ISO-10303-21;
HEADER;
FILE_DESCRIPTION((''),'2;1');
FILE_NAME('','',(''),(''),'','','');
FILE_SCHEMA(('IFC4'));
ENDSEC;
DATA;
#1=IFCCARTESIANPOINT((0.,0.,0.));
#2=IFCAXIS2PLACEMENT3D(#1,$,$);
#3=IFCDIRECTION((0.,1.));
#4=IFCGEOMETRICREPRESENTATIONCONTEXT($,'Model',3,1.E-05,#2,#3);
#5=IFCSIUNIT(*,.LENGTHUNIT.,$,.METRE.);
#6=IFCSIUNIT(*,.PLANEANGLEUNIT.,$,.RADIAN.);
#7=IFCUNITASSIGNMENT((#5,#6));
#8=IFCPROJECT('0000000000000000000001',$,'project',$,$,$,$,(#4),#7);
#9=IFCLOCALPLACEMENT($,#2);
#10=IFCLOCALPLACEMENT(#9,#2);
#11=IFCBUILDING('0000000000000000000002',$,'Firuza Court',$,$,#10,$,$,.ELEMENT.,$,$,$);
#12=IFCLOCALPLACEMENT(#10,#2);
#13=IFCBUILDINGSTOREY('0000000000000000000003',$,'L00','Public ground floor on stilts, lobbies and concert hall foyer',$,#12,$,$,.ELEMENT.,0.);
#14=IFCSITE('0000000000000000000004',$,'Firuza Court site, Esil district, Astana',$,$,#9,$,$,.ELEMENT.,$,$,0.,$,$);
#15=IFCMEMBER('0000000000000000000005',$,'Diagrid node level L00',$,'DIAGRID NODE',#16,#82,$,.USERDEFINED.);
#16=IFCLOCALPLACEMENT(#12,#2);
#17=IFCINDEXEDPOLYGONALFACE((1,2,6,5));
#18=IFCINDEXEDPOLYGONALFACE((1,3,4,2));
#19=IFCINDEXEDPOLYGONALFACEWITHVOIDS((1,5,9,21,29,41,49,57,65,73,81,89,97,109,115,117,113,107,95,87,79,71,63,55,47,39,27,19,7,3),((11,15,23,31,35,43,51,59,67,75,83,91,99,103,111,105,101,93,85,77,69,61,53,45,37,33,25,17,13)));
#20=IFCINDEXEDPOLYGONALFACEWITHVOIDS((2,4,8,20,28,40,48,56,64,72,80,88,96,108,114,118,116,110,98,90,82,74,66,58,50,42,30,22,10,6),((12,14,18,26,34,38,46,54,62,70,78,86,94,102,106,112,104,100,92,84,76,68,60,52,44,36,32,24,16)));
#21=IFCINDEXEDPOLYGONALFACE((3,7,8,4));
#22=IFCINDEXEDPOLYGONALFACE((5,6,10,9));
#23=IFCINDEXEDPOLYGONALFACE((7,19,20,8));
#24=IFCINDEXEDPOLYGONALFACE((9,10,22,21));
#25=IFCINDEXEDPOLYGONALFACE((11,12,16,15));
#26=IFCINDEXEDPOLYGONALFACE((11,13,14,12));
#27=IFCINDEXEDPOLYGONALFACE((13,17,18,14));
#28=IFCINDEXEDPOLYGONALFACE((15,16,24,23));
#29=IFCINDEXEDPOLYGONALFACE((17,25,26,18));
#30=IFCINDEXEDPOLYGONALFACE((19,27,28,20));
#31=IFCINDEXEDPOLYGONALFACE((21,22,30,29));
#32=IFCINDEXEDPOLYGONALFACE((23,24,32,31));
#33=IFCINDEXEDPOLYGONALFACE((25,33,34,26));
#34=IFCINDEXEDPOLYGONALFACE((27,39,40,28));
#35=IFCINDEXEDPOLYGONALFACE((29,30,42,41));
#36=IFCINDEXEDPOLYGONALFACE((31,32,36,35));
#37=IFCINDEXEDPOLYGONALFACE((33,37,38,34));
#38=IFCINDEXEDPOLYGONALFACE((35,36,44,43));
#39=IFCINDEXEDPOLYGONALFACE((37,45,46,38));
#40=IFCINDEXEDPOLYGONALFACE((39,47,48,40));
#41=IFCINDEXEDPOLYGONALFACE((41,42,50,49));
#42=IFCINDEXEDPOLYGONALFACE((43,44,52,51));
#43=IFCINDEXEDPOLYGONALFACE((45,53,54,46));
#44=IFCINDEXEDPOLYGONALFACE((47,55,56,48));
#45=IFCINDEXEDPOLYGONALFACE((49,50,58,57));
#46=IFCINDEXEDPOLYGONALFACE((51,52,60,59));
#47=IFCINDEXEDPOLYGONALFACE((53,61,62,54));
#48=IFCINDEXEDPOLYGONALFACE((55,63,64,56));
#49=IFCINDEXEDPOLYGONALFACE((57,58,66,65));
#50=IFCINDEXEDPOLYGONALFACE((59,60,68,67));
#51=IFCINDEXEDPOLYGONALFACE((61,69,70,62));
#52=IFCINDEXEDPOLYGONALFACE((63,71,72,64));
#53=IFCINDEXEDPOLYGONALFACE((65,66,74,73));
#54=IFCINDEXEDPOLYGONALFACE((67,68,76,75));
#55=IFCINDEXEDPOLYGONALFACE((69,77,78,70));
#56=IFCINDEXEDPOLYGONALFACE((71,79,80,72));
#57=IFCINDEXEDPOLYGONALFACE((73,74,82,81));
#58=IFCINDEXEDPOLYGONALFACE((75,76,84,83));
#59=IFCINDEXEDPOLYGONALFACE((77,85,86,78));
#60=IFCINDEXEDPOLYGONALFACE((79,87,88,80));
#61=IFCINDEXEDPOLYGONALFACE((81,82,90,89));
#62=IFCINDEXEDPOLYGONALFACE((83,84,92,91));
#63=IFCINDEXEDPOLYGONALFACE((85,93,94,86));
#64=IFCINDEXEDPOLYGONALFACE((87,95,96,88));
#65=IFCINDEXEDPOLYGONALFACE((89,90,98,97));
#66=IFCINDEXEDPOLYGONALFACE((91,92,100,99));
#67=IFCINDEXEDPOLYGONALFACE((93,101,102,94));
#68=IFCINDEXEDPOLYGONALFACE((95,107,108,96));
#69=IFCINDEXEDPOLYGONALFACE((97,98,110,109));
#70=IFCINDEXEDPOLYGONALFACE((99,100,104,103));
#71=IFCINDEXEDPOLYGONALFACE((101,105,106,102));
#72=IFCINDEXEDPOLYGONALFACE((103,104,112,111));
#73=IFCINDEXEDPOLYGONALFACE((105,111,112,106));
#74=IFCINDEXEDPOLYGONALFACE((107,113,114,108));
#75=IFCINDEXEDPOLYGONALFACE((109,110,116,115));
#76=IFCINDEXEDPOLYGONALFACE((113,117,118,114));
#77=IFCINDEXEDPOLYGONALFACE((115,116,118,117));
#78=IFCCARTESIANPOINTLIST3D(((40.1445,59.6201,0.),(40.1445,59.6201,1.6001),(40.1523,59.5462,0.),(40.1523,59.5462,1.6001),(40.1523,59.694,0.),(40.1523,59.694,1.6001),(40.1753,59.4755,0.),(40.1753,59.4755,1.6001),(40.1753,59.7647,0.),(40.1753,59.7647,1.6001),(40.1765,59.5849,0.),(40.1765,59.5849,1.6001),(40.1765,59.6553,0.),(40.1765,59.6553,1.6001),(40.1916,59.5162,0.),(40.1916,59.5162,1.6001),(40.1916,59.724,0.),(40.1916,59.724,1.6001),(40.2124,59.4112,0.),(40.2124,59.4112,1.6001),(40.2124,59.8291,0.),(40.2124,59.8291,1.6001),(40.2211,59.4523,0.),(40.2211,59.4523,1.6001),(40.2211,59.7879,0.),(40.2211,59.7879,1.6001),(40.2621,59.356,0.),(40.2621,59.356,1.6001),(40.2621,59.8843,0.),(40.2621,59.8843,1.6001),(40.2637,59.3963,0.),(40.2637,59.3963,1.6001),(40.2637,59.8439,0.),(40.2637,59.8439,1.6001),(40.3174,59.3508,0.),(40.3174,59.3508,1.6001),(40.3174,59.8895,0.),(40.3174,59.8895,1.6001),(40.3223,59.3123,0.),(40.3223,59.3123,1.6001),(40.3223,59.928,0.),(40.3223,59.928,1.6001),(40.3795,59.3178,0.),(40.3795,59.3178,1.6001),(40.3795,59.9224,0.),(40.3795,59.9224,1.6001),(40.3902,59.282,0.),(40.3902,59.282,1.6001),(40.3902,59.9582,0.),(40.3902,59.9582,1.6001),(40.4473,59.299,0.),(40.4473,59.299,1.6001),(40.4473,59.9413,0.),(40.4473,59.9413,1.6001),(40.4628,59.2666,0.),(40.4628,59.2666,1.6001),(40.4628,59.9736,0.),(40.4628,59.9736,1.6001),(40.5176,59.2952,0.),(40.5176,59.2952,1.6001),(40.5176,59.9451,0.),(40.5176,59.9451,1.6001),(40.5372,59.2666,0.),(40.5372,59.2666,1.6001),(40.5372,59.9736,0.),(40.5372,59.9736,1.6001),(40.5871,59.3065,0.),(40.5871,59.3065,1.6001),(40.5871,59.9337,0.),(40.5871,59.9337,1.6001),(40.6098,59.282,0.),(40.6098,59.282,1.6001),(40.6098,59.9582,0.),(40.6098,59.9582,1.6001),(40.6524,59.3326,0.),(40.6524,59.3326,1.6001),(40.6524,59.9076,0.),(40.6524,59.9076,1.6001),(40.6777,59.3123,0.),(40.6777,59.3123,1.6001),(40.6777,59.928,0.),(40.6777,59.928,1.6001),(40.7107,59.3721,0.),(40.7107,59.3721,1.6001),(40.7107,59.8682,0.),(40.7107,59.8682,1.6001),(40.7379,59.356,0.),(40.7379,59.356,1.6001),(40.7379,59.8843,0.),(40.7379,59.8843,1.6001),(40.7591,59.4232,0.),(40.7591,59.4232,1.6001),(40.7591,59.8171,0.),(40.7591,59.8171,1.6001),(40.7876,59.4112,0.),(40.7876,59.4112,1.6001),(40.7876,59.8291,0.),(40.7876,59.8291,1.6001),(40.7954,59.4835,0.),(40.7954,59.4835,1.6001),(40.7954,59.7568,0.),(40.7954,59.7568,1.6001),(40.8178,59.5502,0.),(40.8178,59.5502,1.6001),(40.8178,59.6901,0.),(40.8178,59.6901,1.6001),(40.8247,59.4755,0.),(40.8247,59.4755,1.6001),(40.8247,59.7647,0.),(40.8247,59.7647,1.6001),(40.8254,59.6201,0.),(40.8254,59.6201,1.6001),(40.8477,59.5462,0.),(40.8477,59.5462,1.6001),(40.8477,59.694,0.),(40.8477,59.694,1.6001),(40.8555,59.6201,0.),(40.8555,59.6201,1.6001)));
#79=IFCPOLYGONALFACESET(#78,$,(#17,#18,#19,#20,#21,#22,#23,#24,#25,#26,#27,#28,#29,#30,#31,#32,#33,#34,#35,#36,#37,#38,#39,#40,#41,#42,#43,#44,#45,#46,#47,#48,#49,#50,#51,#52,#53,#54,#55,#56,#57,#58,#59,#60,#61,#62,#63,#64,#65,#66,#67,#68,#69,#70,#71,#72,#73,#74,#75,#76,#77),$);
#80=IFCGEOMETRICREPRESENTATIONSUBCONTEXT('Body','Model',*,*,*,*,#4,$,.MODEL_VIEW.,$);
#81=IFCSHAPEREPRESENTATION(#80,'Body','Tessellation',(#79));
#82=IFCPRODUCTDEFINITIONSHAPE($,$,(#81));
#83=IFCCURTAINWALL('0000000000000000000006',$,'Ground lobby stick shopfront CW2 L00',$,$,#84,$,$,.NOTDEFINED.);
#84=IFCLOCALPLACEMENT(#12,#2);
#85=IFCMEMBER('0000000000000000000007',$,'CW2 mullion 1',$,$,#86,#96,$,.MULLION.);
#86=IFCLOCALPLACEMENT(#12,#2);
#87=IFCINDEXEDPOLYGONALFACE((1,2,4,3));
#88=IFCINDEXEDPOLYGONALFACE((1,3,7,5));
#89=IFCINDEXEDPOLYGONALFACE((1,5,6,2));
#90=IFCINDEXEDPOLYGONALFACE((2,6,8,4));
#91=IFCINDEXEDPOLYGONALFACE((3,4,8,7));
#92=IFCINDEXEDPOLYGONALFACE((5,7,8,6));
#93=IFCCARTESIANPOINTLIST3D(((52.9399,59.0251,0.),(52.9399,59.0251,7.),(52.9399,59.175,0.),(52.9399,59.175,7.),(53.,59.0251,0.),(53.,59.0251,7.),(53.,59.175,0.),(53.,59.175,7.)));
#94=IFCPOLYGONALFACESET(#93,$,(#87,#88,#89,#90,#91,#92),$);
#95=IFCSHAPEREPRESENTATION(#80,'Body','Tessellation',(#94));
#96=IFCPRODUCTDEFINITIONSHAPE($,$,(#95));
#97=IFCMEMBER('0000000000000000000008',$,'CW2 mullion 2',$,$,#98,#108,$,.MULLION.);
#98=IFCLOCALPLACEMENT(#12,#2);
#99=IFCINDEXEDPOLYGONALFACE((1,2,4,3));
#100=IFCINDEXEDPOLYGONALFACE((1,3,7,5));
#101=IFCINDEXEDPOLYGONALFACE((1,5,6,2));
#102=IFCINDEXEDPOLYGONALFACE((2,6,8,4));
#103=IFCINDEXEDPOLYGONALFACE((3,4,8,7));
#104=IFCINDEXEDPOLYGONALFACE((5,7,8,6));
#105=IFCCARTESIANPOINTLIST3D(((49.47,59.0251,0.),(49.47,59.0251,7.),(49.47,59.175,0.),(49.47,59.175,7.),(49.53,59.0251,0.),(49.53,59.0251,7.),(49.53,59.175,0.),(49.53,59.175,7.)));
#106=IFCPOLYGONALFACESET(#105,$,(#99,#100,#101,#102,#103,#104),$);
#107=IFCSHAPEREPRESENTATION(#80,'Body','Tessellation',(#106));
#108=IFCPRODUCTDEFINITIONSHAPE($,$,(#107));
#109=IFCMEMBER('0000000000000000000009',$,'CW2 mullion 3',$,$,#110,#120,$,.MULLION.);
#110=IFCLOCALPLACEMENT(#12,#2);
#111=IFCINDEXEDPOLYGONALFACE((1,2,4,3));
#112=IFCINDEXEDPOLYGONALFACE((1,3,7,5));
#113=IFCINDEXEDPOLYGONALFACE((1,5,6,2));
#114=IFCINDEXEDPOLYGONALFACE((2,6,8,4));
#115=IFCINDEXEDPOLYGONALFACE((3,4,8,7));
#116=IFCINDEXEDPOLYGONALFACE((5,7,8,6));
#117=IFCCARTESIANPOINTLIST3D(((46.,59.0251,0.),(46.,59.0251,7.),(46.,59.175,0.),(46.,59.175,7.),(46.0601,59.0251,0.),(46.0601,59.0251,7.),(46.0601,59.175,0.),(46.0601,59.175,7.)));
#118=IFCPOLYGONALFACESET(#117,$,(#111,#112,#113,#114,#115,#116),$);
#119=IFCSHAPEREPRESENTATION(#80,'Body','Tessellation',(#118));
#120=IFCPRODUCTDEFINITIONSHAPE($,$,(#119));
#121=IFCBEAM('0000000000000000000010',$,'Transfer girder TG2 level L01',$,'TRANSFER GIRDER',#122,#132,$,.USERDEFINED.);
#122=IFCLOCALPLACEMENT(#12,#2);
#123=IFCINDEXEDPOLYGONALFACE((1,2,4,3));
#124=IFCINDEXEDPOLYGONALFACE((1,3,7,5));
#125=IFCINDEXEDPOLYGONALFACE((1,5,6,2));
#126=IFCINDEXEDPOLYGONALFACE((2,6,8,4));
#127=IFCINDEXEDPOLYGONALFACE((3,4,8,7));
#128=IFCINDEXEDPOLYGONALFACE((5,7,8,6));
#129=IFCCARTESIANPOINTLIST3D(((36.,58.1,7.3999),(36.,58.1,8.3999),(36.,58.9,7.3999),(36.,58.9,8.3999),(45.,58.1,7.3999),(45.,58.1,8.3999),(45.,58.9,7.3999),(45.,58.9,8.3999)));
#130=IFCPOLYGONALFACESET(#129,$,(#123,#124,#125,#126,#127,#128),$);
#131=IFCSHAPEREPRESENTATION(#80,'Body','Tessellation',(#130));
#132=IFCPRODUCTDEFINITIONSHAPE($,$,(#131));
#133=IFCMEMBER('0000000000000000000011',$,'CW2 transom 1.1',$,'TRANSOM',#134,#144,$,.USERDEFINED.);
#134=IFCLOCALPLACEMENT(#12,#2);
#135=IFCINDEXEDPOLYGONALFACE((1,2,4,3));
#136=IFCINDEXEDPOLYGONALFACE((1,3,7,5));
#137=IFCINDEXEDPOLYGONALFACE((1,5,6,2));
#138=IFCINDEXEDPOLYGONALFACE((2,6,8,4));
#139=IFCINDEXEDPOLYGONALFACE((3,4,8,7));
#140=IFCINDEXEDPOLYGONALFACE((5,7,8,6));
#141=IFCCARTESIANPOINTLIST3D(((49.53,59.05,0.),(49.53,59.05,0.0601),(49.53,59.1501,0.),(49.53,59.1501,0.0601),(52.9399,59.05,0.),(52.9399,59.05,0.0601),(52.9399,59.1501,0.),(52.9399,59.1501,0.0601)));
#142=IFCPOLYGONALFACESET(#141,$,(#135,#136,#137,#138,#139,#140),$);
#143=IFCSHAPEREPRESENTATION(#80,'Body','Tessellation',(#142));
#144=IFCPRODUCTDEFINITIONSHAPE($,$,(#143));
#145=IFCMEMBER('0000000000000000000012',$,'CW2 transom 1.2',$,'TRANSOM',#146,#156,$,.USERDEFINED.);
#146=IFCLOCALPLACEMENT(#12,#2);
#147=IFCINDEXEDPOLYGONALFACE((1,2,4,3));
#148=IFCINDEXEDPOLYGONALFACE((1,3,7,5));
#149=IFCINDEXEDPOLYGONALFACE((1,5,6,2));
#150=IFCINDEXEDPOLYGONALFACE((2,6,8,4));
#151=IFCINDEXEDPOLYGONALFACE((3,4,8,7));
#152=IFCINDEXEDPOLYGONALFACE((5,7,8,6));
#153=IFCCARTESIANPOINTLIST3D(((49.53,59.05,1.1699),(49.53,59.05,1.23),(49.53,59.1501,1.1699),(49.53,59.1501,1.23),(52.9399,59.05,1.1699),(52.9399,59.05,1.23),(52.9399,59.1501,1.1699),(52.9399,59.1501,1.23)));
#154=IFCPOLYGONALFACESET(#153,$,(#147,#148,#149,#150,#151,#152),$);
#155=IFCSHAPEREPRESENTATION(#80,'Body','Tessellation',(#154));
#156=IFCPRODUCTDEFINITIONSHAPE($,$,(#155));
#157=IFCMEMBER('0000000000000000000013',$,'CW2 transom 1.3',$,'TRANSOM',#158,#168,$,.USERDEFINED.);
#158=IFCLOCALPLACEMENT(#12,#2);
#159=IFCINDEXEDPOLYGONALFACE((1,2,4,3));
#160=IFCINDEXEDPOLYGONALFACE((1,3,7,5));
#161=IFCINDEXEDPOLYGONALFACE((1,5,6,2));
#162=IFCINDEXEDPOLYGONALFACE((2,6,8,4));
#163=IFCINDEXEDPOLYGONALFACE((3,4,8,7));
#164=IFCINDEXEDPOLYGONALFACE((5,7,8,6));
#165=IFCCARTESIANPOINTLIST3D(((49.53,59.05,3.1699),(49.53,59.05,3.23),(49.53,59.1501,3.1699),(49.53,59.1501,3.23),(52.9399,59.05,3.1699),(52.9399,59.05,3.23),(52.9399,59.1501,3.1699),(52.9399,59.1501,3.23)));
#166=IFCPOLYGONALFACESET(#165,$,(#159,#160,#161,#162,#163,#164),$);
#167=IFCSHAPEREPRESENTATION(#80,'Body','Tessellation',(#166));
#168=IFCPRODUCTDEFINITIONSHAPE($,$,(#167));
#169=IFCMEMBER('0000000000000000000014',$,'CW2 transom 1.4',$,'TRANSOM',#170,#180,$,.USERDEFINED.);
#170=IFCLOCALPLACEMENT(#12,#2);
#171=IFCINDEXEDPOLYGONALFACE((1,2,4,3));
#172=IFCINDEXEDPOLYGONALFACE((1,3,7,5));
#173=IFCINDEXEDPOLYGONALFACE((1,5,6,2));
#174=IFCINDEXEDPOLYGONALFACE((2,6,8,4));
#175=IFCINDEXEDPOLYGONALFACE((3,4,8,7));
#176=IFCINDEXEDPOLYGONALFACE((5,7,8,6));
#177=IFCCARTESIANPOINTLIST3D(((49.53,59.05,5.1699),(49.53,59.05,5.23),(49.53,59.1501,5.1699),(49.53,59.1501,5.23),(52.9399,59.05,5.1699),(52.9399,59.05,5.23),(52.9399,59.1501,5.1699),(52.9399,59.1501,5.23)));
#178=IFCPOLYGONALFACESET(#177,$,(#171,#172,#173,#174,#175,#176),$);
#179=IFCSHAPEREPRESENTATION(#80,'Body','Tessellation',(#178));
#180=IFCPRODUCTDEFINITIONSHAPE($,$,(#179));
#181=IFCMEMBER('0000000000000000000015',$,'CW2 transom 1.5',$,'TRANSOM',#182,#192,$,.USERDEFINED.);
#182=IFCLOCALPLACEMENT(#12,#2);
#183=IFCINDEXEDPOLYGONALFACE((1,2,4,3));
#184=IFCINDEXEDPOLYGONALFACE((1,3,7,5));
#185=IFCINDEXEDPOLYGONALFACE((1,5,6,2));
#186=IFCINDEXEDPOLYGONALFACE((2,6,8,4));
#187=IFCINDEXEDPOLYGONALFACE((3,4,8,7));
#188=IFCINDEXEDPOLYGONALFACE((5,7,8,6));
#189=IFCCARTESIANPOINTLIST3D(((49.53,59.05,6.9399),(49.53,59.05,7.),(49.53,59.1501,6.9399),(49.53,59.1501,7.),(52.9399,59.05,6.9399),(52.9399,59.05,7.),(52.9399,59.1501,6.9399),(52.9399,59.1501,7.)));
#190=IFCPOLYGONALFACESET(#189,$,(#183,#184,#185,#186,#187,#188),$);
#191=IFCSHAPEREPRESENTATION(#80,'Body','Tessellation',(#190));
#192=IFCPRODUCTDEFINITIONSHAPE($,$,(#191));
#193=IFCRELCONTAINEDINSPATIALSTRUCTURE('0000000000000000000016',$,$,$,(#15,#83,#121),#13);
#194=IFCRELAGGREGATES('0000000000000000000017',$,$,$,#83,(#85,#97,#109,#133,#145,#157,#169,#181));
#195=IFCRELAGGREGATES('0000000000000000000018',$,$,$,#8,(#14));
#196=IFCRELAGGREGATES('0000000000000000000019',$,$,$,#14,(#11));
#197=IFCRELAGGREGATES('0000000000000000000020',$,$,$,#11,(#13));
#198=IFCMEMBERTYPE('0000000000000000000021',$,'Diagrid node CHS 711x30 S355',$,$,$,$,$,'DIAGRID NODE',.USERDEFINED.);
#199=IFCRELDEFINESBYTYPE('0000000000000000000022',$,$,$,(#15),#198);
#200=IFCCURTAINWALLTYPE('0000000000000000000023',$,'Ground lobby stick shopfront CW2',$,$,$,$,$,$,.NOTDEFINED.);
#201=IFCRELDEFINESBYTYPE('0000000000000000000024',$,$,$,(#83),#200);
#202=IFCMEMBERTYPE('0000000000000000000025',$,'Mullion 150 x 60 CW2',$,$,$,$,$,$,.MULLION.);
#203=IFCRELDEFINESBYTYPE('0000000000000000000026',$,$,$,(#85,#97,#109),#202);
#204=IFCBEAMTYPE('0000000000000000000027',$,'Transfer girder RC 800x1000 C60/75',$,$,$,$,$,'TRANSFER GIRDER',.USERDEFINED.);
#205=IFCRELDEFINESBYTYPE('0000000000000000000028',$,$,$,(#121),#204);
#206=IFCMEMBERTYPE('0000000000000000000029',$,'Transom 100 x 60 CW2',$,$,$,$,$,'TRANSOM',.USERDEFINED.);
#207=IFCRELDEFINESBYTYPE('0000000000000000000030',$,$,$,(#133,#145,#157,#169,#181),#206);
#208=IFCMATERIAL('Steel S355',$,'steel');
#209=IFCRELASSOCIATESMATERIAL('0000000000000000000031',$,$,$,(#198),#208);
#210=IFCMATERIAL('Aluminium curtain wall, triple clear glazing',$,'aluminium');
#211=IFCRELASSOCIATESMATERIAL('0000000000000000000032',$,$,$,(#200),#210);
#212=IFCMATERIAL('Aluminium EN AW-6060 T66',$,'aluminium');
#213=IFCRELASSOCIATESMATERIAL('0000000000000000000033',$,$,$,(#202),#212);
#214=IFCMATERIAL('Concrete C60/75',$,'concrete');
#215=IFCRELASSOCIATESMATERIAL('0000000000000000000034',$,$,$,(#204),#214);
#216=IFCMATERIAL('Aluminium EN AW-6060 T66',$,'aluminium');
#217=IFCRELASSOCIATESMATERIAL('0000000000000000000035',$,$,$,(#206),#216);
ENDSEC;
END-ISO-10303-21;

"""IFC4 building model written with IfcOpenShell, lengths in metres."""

from ifc_helpers import new_model, si_unit, direction, frame, origin, origin_2d, place, context, subcontext, project, spatial, rectangle, hollow_circle, extrude, material, material_profile, profile_set, type_object, element, aggregate, save


model = new_model("IFC4")

# Units and contexts
model_context = context("Model", 3, precision=1e-05, world=origin(), true_north=direction((0.0, 1.0)))
body_context = subcontext(model_context, "Body", "Model", "MODEL_VIEW")
ifc_project = project(units=[si_unit("LENGTHUNIT", "METRE"), si_unit("PLANEANGLEUNIT", "RADIAN")], contexts=[model_context])

# Site, building, storey
site_placement = place(None, origin())
site = spatial("IfcSite", under=ifc_project, at=site_placement, Name="Firuza Court site, Esil district, Astana", CompositionType="ELEMENT", RefElevation=0.0)
building_placement = place(site_placement, origin())
building = spatial("IfcBuilding", under=site, at=building_placement, Name="Firuza Court", CompositionType="ELEMENT")
storey_placement = place(building_placement, origin())
storey = spatial("IfcBuildingStorey", under=building, at=storey_placement, Name="L00", Description="Public ground floor on stilts, lobbies and concert hall foyer", CompositionType="ELEMENT", Elevation=0.0)

# Member
ifc_material_1 = material(Name="Steel S355", Category="steel")
ifc_material_profile_1 = material_profile(ifc_material_1, hollow_circle(Radius=0.3555, WallThickness=0.03, at=origin_2d()), Name="CHS 711x30")
ifc_profile_set_1 = profile_set([ifc_material_profile_1], Name="Steel S355")
member_type_1 = type_object("IfcMemberType", Name="Diagrid node CHS 711x30 S355", ElementType="DIAGRID NODE", PredefinedType="USERDEFINED", material=ifc_profile_set_1)
member_1_placement = place(storey_placement, frame((40.5, 59.6201, 0.0), z_axis=(0.0, 0.0, 1.0), x_axis=(1.0, 0.0, 0.0)))
element("IfcMember", 1, at=member_1_placement, inside=storey, type_object=member_type_1, Name="Diagrid node level L00", ObjectType="DIAGRID NODE", PredefinedType="USERDEFINED", context=body_context, shape_type="SweptSolid", body=[
    extrude(hollow_circle(Radius=0.3555, WallThickness=0.03, at=origin_2d()), origin(), (0.0, 0.0, 1.0), 1.6001),
])

# Curtain wall, members
ifc_material_2 = material(Name="Aluminium curtain wall, triple clear glazing", Category="aluminium")
curtain_wall_type = type_object("IfcCurtainWallType", Name="Ground lobby stick shopfront CW2", PredefinedType="NOTDEFINED", material=ifc_material_2)
curtain_wall_placement = place(storey_placement, origin())
curtain_wall = element("IfcCurtainWall", 2, at=curtain_wall_placement, inside=storey, type_object=curtain_wall_type, Name="Ground lobby stick shopfront CW2 L00", PredefinedType="NOTDEFINED")
ifc_material_3 = material(Name="Aluminium EN AW-6060 T66", Category="aluminium")
ifc_material_profile_2 = material_profile(ifc_material_3, rectangle(XDim=0.1499, YDim=0.0601, at=origin_2d()), Name="Mullion 150 x 60 CW2")
ifc_profile_set_2 = profile_set([ifc_material_profile_2], Name="Aluminium EN AW-6060 T66")
member_type_2 = type_object("IfcMemberType", Name="Mullion 150 x 60 CW2", PredefinedType="MULLION", material=ifc_profile_set_2)
member_2_placement = place(storey_placement, frame((52.97, 59.1001, 0.0), z_axis=(0.0, 0.0, 1.0), x_axis=(0.0, -1.0, 0.0)))
member_2 = element("IfcMember", 3, at=member_2_placement, type_object=member_type_2, Name="CW2 mullion 1", PredefinedType="MULLION", context=body_context, shape_type="SweptSolid", body=[
    extrude(rectangle(XDim=0.1499, YDim=0.0601, at=origin_2d()), origin(), (0.0, 0.0, 1.0), 7.0),
])
member_3_placement = place(storey_placement, frame((49.5, 59.1001, 0.0), z_axis=(0.0, 0.0, 1.0), x_axis=(0.0, -1.0, 0.0)))
member_3 = element("IfcMember", 4, at=member_3_placement, type_object=member_type_2, Name="CW2 mullion 2", PredefinedType="MULLION", context=body_context, shape_type="SweptSolid", body=[
    extrude(rectangle(XDim=0.1499, YDim=0.0601, at=origin_2d()), origin(), (0.0, 0.0, 1.0), 7.0),
])
member_4_placement = place(storey_placement, frame((46.03, 59.1001, 0.0), z_axis=(0.0, 0.0, 1.0), x_axis=(0.0, -1.0, 0.0)))
member_4 = element("IfcMember", 5, at=member_4_placement, type_object=member_type_2, Name="CW2 mullion 3", PredefinedType="MULLION", context=body_context, shape_type="SweptSolid", body=[
    extrude(rectangle(XDim=0.1499, YDim=0.0601, at=origin_2d()), origin(), (0.0, 0.0, 1.0), 7.0),
])

# Beam
ifc_material_4 = material(Name="Concrete C60/75", Category="concrete")
ifc_material_profile_3 = material_profile(ifc_material_4, rectangle(XDim=0.8, YDim=1.0, at=origin_2d()), Name="RC 800x1000")
ifc_profile_set_3 = profile_set([ifc_material_profile_3], Name="Concrete C60/75")
beam_type = type_object("IfcBeamType", Name="Transfer girder RC 800x1000 C60/75", ElementType="TRANSFER GIRDER", PredefinedType="USERDEFINED", material=ifc_profile_set_3)
beam_placement = place(storey_placement, frame((45.0, 58.5, 7.8999), z_axis=(-1.0, 0.0, 0.0), x_axis=(0.0, -1.0, 0.0)))
element("IfcBeam", 6, at=beam_placement, inside=storey, type_object=beam_type, Name="Transfer girder TG2 level L01", ObjectType="TRANSFER GIRDER", PredefinedType="USERDEFINED", context=body_context, shape_type="SweptSolid", body=[
    extrude(rectangle(XDim=0.8, YDim=1.0, at=origin_2d()), origin(), (0.0, 0.0, 1.0), 9.0),
])

# Members
ifc_material_5 = material(Name="Aluminium EN AW-6060 T66", Category="aluminium")
ifc_material_profile_4 = material_profile(ifc_material_5, rectangle(XDim=0.1001, YDim=0.0601, at=origin_2d()), Name="Transom 100 x 60 CW2")
ifc_profile_set_4 = profile_set([ifc_material_profile_4], Name="Aluminium EN AW-6060 T66")
member_type_3 = type_object("IfcMemberType", Name="Transom 100 x 60 CW2", ElementType="TRANSOM", PredefinedType="USERDEFINED", material=ifc_profile_set_4)
member_5_placement = place(storey_placement, frame((52.9399, 59.1001, 0.03), z_axis=(-1.0, 0.0, 0.0), x_axis=(0.0, -1.0, 0.0)))
member_5 = element("IfcMember", 7, at=member_5_placement, type_object=member_type_3, Name="CW2 transom 1.1", ObjectType="TRANSOM", PredefinedType="USERDEFINED", context=body_context, shape_type="SweptSolid", body=[
    extrude(rectangle(XDim=0.1001, YDim=0.0601, at=origin_2d()), origin(), (0.0, 0.0, 1.0), 3.4099),
])
member_6_placement = place(storey_placement, frame((52.9399, 59.1001, 1.2), z_axis=(-1.0, 0.0, 0.0), x_axis=(0.0, -1.0, 0.0)))
member_6 = element("IfcMember", 8, at=member_6_placement, type_object=member_type_3, Name="CW2 transom 1.2", ObjectType="TRANSOM", PredefinedType="USERDEFINED", context=body_context, shape_type="SweptSolid", body=[
    extrude(rectangle(XDim=0.1001, YDim=0.0601, at=origin_2d()), origin(), (0.0, 0.0, 1.0), 3.4099),
])
member_7_placement = place(storey_placement, frame((52.9399, 59.1001, 3.2), z_axis=(-1.0, 0.0, 0.0), x_axis=(0.0, -1.0, 0.0)))
member_7 = element("IfcMember", 9, at=member_7_placement, type_object=member_type_3, Name="CW2 transom 1.3", ObjectType="TRANSOM", PredefinedType="USERDEFINED", context=body_context, shape_type="SweptSolid", body=[
    extrude(rectangle(XDim=0.1001, YDim=0.0601, at=origin_2d()), origin(), (0.0, 0.0, 1.0), 3.4099),
])
member_8_placement = place(storey_placement, frame((52.9399, 59.1001, 5.2), z_axis=(-1.0, 0.0, 0.0), x_axis=(0.0, -1.0, 0.0)))
member_8 = element("IfcMember", 10, at=member_8_placement, type_object=member_type_3, Name="CW2 transom 1.4", ObjectType="TRANSOM", PredefinedType="USERDEFINED", context=body_context, shape_type="SweptSolid", body=[
    extrude(rectangle(XDim=0.1001, YDim=0.0601, at=origin_2d()), origin(), (0.0, 0.0, 1.0), 3.4099),
])
member_9_placement = place(storey_placement, frame((52.9399, 59.1001, 6.97), z_axis=(-1.0, 0.0, 0.0), x_axis=(0.0, -1.0, 0.0)))
member_9 = element("IfcMember", 11, at=member_9_placement, type_object=member_type_3, Name="CW2 transom 1.5", ObjectType="TRANSOM", PredefinedType="USERDEFINED", context=body_context, shape_type="SweptSolid", body=[
    extrude(rectangle(XDim=0.1001, YDim=0.0601, at=origin_2d()), origin(), (0.0, 0.0, 1.0), 3.4099),
])

aggregate(curtain_wall, [member_2, member_3, member_4, member_5, member_6, member_7, member_8, member_9])

save(model, "model.ifc")
